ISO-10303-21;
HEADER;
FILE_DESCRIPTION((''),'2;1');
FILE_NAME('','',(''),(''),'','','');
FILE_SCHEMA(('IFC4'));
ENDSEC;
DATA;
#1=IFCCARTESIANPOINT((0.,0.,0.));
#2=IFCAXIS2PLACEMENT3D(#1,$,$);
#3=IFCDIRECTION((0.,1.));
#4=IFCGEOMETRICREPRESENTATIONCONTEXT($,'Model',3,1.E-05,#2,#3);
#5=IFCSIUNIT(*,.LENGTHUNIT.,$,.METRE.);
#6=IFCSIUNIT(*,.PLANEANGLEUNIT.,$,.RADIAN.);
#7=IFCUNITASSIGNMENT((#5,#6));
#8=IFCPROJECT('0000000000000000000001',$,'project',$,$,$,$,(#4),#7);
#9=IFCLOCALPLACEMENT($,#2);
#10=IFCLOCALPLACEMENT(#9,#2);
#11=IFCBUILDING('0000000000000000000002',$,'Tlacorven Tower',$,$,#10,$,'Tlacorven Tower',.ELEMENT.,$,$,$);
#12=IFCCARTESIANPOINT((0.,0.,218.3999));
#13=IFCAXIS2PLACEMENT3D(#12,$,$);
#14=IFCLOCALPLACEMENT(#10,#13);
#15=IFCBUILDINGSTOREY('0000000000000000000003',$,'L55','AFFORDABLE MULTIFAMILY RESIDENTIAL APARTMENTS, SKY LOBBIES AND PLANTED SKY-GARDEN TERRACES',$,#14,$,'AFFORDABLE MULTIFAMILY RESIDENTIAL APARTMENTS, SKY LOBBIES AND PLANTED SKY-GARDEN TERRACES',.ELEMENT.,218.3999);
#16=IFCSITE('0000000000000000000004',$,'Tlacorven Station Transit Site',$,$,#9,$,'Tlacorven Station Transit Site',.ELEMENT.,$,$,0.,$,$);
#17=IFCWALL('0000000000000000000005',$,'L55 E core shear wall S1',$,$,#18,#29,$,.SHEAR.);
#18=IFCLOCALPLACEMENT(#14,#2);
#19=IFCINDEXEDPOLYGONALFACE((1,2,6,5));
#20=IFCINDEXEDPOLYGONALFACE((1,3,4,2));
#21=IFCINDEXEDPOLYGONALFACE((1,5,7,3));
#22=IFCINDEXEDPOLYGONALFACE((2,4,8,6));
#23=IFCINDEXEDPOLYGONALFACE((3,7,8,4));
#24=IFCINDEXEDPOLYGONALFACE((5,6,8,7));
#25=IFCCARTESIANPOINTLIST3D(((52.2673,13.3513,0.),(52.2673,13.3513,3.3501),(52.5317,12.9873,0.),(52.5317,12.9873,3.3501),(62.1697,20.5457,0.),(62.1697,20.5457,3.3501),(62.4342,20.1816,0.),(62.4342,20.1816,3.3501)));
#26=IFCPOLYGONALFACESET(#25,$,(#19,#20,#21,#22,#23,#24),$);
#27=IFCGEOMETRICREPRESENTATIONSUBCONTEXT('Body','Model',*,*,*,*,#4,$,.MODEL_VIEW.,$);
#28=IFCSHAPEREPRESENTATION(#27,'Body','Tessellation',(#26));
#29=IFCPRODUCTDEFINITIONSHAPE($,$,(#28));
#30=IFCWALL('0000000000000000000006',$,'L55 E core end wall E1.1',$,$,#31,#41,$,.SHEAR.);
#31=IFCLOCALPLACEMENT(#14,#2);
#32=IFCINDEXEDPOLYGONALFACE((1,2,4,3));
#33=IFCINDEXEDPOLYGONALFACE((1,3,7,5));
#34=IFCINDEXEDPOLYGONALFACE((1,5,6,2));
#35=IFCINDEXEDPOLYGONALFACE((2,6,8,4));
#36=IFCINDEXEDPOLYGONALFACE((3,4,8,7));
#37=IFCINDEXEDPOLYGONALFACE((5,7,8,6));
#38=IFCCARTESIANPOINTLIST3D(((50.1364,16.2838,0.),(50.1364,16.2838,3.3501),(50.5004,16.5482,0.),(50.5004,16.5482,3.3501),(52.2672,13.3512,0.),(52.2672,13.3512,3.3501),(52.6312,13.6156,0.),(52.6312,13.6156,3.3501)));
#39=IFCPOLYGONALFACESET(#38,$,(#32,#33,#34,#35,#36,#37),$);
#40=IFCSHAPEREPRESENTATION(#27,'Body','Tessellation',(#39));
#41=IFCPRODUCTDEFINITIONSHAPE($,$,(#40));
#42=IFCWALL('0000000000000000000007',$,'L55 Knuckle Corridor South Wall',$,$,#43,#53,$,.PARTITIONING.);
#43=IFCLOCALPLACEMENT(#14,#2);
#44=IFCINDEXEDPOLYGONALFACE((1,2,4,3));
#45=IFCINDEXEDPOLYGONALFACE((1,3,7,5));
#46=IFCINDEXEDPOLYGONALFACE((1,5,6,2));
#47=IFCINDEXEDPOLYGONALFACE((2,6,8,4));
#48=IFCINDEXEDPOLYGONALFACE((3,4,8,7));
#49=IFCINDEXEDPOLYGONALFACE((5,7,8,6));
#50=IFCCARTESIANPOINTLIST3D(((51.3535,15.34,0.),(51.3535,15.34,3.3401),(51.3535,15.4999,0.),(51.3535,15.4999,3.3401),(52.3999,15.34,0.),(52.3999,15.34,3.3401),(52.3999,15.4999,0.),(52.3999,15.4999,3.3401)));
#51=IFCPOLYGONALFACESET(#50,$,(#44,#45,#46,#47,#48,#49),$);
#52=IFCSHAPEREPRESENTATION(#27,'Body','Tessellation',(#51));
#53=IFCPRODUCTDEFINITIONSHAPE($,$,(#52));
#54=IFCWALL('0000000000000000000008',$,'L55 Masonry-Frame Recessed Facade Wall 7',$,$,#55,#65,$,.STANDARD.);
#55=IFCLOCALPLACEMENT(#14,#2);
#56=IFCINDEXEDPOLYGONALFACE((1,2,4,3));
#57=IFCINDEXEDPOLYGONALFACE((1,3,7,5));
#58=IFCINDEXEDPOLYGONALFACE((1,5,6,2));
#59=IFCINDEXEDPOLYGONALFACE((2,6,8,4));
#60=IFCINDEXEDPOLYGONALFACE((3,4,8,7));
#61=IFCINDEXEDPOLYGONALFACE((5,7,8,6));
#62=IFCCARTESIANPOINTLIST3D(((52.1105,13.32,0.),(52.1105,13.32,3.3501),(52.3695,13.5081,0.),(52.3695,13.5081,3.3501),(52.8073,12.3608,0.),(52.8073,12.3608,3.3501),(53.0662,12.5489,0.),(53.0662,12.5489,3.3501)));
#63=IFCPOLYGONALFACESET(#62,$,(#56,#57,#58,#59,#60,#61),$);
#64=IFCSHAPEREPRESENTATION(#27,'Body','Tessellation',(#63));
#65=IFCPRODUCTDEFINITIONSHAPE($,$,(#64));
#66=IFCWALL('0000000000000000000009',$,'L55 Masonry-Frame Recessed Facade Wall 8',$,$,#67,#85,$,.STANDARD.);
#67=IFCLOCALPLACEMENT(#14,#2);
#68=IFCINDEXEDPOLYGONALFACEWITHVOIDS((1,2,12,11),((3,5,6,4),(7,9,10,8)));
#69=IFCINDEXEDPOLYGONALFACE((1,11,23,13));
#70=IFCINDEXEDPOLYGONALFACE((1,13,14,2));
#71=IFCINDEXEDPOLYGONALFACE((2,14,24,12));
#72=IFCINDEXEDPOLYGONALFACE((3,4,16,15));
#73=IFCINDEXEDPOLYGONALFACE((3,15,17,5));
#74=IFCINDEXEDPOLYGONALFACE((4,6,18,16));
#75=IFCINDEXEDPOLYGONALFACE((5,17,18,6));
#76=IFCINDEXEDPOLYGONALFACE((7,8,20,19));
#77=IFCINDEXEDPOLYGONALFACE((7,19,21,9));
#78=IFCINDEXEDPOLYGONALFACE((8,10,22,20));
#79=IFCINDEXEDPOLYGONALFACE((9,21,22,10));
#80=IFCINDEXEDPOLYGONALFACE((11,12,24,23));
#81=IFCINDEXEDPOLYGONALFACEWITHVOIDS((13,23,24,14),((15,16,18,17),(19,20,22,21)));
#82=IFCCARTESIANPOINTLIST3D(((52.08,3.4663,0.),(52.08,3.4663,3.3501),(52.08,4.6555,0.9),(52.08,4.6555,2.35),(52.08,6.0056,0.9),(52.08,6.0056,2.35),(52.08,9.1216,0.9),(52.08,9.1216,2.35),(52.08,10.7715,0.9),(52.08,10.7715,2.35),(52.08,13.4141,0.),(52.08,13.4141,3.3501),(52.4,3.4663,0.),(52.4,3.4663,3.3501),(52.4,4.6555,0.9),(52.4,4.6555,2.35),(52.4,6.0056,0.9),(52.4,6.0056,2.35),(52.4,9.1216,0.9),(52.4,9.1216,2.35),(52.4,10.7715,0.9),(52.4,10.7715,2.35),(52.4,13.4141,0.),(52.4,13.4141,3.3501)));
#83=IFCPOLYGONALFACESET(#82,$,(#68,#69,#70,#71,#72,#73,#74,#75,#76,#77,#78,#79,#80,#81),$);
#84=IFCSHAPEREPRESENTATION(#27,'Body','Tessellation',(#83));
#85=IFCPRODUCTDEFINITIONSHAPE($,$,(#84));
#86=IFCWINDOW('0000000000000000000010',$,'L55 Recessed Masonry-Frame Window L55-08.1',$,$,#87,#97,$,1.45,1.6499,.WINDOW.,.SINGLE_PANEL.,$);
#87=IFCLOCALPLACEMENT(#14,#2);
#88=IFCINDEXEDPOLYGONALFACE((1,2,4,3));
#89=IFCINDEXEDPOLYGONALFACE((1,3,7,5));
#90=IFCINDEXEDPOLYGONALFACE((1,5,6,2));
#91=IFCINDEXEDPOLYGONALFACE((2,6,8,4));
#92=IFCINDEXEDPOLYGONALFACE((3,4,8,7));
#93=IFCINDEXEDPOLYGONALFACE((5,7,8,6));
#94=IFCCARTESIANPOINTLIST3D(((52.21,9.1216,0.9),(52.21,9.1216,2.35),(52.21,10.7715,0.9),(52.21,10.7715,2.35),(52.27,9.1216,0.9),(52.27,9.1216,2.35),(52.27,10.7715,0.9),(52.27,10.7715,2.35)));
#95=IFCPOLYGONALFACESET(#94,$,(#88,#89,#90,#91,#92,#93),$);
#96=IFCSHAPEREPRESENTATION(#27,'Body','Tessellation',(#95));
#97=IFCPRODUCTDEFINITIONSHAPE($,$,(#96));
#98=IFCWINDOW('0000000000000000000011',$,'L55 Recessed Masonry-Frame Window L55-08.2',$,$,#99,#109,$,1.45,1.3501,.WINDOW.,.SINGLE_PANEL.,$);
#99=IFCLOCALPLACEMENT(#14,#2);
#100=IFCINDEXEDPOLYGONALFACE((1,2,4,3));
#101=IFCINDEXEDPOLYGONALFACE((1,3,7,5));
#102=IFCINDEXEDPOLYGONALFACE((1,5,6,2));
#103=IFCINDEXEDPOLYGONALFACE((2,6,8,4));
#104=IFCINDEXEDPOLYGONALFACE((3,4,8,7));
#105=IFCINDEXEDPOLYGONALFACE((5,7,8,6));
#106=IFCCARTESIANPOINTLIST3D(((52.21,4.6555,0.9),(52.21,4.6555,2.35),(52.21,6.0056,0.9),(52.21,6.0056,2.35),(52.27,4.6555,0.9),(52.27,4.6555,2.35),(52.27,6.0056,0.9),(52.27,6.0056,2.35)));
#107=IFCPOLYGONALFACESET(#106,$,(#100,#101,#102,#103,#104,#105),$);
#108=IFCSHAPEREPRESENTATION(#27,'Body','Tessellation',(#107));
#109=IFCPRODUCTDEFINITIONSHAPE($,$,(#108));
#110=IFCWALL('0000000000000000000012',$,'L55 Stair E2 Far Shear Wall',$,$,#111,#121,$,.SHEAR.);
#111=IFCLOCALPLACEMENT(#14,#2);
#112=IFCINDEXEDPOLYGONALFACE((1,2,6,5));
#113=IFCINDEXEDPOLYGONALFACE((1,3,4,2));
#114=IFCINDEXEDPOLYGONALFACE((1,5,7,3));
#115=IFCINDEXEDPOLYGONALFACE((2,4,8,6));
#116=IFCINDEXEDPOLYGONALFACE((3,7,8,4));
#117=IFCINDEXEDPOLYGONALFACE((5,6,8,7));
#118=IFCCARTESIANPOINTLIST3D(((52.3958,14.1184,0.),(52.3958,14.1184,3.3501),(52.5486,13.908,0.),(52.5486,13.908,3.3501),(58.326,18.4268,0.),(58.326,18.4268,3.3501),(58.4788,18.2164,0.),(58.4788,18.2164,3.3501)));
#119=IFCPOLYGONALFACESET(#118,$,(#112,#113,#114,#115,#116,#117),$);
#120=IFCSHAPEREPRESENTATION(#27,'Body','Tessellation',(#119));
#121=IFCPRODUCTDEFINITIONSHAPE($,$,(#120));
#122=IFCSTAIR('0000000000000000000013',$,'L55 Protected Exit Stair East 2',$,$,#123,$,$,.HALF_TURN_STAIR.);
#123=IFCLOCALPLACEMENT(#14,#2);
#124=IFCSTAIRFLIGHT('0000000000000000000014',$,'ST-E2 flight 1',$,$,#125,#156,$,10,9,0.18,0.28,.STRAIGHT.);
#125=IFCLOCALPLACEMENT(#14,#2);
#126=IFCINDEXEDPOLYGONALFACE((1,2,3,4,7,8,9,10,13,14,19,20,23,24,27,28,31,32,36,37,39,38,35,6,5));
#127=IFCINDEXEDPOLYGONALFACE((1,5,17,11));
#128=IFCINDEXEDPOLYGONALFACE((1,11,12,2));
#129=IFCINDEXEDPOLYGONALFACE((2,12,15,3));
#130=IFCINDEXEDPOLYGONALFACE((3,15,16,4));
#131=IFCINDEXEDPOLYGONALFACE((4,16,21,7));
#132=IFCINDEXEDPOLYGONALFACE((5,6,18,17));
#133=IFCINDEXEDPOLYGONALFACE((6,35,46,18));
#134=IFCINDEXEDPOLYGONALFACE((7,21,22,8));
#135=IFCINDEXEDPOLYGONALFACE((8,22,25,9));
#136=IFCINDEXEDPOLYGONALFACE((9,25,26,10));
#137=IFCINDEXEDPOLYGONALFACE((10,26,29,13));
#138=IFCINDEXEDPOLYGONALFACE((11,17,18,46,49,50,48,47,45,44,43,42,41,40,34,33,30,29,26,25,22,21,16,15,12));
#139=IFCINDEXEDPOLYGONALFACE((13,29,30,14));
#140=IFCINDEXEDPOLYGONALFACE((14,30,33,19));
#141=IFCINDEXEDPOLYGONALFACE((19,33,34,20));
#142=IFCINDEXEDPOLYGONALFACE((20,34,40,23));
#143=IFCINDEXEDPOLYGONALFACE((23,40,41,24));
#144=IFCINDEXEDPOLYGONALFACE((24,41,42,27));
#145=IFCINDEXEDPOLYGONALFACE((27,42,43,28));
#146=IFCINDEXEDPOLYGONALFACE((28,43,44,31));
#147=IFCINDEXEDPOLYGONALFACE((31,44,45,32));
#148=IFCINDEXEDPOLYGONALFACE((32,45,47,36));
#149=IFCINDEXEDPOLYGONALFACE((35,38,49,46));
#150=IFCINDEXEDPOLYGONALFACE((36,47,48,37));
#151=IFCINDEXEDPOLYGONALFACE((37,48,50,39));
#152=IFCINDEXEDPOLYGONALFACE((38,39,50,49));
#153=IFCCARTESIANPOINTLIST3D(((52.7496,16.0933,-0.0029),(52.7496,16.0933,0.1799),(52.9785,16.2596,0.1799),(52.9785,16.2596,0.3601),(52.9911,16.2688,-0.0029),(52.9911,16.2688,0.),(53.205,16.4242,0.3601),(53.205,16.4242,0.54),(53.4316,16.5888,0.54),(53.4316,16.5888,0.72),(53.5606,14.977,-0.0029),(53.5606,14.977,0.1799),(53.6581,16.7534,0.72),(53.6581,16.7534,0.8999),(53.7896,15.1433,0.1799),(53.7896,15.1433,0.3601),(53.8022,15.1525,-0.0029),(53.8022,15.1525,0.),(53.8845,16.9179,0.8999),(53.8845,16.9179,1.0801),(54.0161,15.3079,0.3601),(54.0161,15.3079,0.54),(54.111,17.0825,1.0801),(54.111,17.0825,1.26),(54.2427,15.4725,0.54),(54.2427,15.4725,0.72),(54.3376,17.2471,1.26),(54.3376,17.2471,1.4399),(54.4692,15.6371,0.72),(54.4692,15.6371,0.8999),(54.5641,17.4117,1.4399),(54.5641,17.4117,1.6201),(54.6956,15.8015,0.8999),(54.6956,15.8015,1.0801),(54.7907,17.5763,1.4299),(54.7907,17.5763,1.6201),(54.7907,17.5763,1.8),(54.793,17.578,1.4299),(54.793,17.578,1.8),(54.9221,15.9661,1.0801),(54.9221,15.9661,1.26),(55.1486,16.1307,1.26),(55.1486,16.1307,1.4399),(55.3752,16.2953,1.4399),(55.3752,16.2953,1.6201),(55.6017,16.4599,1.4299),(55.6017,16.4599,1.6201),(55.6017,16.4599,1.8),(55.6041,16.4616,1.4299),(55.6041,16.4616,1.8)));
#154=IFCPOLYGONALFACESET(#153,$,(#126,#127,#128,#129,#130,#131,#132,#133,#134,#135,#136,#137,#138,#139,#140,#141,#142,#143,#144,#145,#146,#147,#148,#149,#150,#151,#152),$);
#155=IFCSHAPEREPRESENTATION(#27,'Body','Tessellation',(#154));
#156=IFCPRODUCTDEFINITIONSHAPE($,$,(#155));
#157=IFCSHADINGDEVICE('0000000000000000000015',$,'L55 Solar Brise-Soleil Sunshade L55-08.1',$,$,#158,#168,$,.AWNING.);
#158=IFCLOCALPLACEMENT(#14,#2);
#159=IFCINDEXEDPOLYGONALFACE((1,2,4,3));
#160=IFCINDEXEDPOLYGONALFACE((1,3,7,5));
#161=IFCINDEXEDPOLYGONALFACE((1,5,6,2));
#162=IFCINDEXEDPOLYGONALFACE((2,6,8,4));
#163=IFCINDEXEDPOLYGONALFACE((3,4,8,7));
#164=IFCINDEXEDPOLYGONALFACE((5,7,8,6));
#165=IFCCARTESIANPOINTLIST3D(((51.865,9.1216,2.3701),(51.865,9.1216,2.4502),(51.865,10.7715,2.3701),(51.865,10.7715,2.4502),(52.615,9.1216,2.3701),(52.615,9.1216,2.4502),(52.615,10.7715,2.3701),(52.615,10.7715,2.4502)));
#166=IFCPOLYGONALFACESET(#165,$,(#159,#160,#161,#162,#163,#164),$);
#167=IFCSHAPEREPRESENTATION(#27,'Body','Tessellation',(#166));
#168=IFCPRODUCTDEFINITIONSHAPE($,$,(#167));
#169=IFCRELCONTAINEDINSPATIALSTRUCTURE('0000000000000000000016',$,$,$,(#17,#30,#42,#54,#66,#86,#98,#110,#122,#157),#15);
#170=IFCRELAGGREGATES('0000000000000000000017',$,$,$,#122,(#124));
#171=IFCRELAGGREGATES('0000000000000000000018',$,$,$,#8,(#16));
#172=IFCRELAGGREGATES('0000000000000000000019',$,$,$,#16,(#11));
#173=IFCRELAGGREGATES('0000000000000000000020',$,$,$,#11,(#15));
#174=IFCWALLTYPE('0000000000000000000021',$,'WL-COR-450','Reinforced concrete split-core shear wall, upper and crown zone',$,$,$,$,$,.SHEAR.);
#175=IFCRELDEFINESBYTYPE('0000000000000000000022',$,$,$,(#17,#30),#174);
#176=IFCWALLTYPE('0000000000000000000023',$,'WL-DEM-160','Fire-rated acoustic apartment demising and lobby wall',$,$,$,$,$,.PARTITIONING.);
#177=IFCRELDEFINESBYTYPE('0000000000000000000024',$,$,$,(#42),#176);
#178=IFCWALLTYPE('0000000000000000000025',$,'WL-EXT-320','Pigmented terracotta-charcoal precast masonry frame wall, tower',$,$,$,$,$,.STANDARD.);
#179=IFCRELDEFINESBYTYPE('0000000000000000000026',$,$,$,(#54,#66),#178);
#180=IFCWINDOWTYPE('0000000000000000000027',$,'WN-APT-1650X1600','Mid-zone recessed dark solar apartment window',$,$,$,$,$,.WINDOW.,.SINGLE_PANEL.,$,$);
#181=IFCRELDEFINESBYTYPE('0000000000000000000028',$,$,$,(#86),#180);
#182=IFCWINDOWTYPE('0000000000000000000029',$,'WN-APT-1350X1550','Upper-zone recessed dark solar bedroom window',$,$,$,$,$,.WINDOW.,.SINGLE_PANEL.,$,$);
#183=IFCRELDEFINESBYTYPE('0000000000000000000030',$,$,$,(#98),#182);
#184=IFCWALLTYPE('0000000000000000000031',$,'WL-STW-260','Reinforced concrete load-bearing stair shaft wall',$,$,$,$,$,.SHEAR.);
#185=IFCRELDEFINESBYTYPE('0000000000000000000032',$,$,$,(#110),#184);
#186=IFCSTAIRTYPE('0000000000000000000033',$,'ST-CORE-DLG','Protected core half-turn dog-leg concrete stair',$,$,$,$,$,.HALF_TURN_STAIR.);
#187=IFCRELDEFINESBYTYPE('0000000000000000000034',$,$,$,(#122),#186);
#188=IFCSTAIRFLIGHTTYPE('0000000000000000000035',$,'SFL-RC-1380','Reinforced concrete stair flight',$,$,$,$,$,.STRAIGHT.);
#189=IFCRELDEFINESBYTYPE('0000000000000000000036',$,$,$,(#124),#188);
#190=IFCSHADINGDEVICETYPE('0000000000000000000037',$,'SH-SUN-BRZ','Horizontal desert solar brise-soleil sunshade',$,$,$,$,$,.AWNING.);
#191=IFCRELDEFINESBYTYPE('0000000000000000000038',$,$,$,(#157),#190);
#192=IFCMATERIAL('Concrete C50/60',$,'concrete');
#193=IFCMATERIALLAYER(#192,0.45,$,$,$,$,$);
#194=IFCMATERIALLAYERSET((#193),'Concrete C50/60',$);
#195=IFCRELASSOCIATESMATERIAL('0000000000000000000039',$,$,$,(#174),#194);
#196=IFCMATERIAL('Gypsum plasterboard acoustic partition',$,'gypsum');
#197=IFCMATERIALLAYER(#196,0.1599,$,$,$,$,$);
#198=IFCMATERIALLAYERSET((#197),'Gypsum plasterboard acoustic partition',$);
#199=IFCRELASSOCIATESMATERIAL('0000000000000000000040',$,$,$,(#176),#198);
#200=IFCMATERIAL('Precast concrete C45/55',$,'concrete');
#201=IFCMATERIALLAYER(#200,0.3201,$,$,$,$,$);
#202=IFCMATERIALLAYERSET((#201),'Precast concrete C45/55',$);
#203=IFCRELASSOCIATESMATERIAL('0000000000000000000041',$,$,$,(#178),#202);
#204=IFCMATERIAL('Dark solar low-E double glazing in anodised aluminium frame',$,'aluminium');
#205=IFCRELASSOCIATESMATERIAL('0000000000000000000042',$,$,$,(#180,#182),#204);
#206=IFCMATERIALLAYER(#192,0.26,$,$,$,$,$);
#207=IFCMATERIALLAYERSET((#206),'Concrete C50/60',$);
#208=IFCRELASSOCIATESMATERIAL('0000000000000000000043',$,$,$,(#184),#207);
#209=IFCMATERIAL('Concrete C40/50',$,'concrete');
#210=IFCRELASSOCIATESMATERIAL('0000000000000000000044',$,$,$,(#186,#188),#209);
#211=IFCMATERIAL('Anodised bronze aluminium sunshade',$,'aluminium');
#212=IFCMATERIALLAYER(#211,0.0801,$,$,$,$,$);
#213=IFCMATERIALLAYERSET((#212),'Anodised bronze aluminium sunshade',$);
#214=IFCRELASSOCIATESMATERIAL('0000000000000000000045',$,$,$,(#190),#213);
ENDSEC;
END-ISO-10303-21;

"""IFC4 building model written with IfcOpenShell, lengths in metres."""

from ifc_helpers import new_model, si_unit, direction, frame, frame_2d, origin, origin_2d, place, context, subcontext, project, spatial, polyline, rectangle, outline, extrude, source, transform, mapped, material, layer, layer_set, type_object, element, fill, aggregate, save


model = new_model("IFC4")

# Units and contexts
model_context = context("Model", 3, precision=1e-05, world=origin(), true_north=direction((0.0, 1.0)))
body_context = subcontext(model_context, "Body", "Model", "MODEL_VIEW")
ifc_project = project(units=[si_unit("LENGTHUNIT", "METRE"), si_unit("PLANEANGLEUNIT", "RADIAN")], contexts=[model_context])

# Site, building, storey
site_placement = place(None, origin())
site = spatial("IfcSite", under=ifc_project, at=site_placement, Name="Tlacorven Station Transit Site", LongName="Tlacorven Station Transit Site", CompositionType="ELEMENT", RefElevation=0.0)
building_placement = place(site_placement, origin())
building = spatial("IfcBuilding", under=site, at=building_placement, Name="Tlacorven Tower", LongName="Tlacorven Tower", CompositionType="ELEMENT")
storey_placement = place(building_placement, frame((0.0, 0.0, 218.3999)))
storey = spatial("IfcBuildingStorey", under=building, at=storey_placement, Name="L55", Description="AFFORDABLE MULTIFAMILY RESIDENTIAL APARTMENTS, SKY LOBBIES AND PLANTED SKY-GARDEN TERRACES", LongName="AFFORDABLE MULTIFAMILY RESIDENTIAL APARTMENTS, SKY LOBBIES AND PLANTED SKY-GARDEN TERRACES", CompositionType="ELEMENT", Elevation=218.3999)

# Walls
ifc_material_1 = material(Name="Concrete C50/60", Category="concrete")
ifc_layer_1 = layer(ifc_material_1, 0.45)
ifc_layer_set_1 = layer_set([ifc_layer_1], Name="Concrete C50/60")
wall_type_1 = type_object("IfcWallType", Name="WL-COR-450", Description="Reinforced concrete split-core shear wall, upper and crown zone", PredefinedType="SHEAR", material=ifc_layer_set_1)
wall_1_placement = place(storey_placement, frame((52.3994, 13.1692, 0.0), z_axis=(0.0, 0.0, 1.0), x_axis=(0.809022, 0.587778, 0.0)))
element("IfcWall", 1, at=wall_1_placement, inside=storey, type_object=wall_type_1, Name="L55 E core shear wall S1", PredefinedType="SHEAR", context=body_context, shape_type="SweptSolid", body=[
    extrude(rectangle(XDim=12.24, YDim=0.45, at=frame_2d((6.1201, 0.0))), origin(), (0.0, 0.0, 1.0), 3.3501),
])
wall_2_placement = place(storey_placement, frame((52.4492, 13.4834, 0.0), z_axis=(0.0, 0.0, 1.0), x_axis=(-0.587819, 0.808992, 0.0)))
element("IfcWall", 2, at=wall_2_placement, inside=storey, type_object=wall_type_1, Name="L55 E core end wall E1.1", PredefinedType="SHEAR", context=body_context, shape_type="SweptSolid", body=[
    extrude(rectangle(XDim=3.625, YDim=0.45, at=frame_2d((1.8125, 0.0))), origin(), (0.0, 0.0, 1.0), 3.3501),
])
ifc_material_2 = material(Name="Gypsum plasterboard acoustic partition", Category="gypsum")
ifc_layer_2 = layer(ifc_material_2, 0.1599)
ifc_layer_set_2 = layer_set([ifc_layer_2], Name="Gypsum plasterboard acoustic partition")
wall_type_2 = type_object("IfcWallType", Name="WL-DEM-160", Description="Fire-rated acoustic apartment demising and lobby wall", PredefinedType="PARTITIONING", material=ifc_layer_set_2)
wall_3_placement = place(storey_placement, frame((51.3535, 15.4199, 0.0), z_axis=(0.0, 0.0, 1.0), x_axis=(1.0, 0.0, 0.0)))
element("IfcWall", 3, at=wall_3_placement, inside=storey, type_object=wall_type_2, Name="L55 Knuckle Corridor South Wall", PredefinedType="PARTITIONING", context=body_context, shape_type="SweptSolid", body=[
    extrude(rectangle(XDim=1.0464, YDim=0.1599, at=frame_2d((0.5232, 0.0))), origin(), (0.0, 0.0, 1.0), 3.3401),
])
ifc_material_3 = material(Name="Precast concrete C45/55", Category="concrete")
ifc_layer_3 = layer(ifc_material_3, 0.3201)
ifc_layer_set_3 = layer_set([ifc_layer_3], Name="Precast concrete C45/55")
wall_type_3 = type_object("IfcWallType", Name="WL-EXT-320", Description="Pigmented terracotta-charcoal precast masonry frame wall, tower", PredefinedType="STANDARD", material=ifc_layer_set_3)
wall_4_placement = place(storey_placement, frame((52.9368, 12.4548, 0.0), z_axis=(0.0, 0.0, 1.0), x_axis=(-0.587706, 0.809074, 0.0)))
element("IfcWall", 4, at=wall_4_placement, inside=storey, type_object=wall_type_3, Name="L55 Masonry-Frame Recessed Facade Wall 7", PredefinedType="STANDARD", context=body_context, shape_type="SweptSolid", body=[
    extrude(rectangle(XDim=1.1855, YDim=0.3201, at=frame_2d((0.5928, 0.0))), origin(), (0.0, 0.0, 1.0), 3.3501),
])

# Wall, openings, windows
wall_5_placement = place(storey_placement, frame((52.24, 13.4141, 0.0), z_axis=(0.0, 0.0, 1.0), x_axis=(0.0, -1.0, 0.0)))
wall_5 = element("IfcWall", 5, at=wall_5_placement, inside=storey, type_object=wall_type_3, Name="L55 Masonry-Frame Recessed Facade Wall 8", PredefinedType="STANDARD", context=body_context, shape_type="SweptSolid", body=[
    extrude(rectangle(XDim=9.9478, YDim=0.3201, at=frame_2d((4.9739, 0.0))), origin(), (0.0, 0.0, 1.0), 3.3501),
])
opening_1_placement = place(wall_5_placement, frame((2.6426, 0.0, 0.8999)))
opening_1 = element("IfcOpeningElement", 6, at=opening_1_placement, cuts=wall_5, PredefinedType="OPENING", context=body_context, shape_type="SweptSolid", body=[
    extrude(rectangle(XDim=1.6499, YDim=1.45, at=frame_2d((0.825, 0.7251))), frame((0.0, 0.1699, 0.0), z_axis=(0.0, -1.0, 0.0), x_axis=(1.0, 0.0, 0.0)), (0.0, 0.0, 1.0), 0.3401),
])
opening_2_placement = place(wall_5_placement, frame((7.4084, 0.0, 0.8999)))
opening_2 = element("IfcOpeningElement", 7, at=opening_2_placement, cuts=wall_5, PredefinedType="OPENING", context=body_context, shape_type="SweptSolid", body=[
    extrude(rectangle(XDim=1.3501, YDim=1.45, at=frame_2d((0.675, 0.7251))), frame((0.0, 0.1699, 0.0), z_axis=(0.0, -1.0, 0.0), x_axis=(1.0, 0.0, 0.0)), (0.0, 0.0, 1.0), 0.3401),
])
ifc_material_4 = material(Name="Dark solar low-E double glazing in anodised aluminium frame", Category="aluminium")
window_type_1 = type_object("IfcWindowType", Name="WN-APT-1650X1600", Description="Mid-zone recessed dark solar apartment window", PartitioningType="SINGLE_PANEL", PredefinedType="WINDOW", material=ifc_material_4)
shared_shape_1 = source(origin(), body_context, "Body", "SweptSolid", [
    extrude(rectangle(XDim=1.6499, YDim=1.45, at=frame_2d((0.825, 0.7251))), frame((0.0, 0.03, 0.0), z_axis=(0.0, -1.0, 0.0), x_axis=(1.0, 0.0, 0.0)), (0.0, 0.0, 1.0), 0.0601),
])
window_1_placement = place(opening_1_placement, origin())
window_1 = element("IfcWindow", 8, at=window_1_placement, inside=storey, type_object=window_type_1, Name="L55 Recessed Masonry-Frame Window L55-08.1", OverallHeight=1.45, OverallWidth=1.6499, PartitioningType="SINGLE_PANEL", PredefinedType="WINDOW", context=body_context, shape_type="MappedRepresentation", body=[
    mapped(shared_shape_1, transform((0.0, 0.0, 0.0), scale=1.0)),
])
fill(opening_1, window_1)
window_type_2 = type_object("IfcWindowType", Name="WN-APT-1350X1550", Description="Upper-zone recessed dark solar bedroom window", PartitioningType="SINGLE_PANEL", PredefinedType="WINDOW", material=ifc_material_4)
shared_shape_2 = source(origin(), body_context, "Body", "SweptSolid", [
    extrude(rectangle(XDim=1.3501, YDim=1.45, at=frame_2d((0.675, 0.7251))), frame((0.0, 0.03, 0.0), z_axis=(0.0, -1.0, 0.0), x_axis=(1.0, 0.0, 0.0)), (0.0, 0.0, 1.0), 0.0601),
])
window_2_placement = place(opening_2_placement, origin())
window_2 = element("IfcWindow", 9, at=window_2_placement, inside=storey, type_object=window_type_2, Name="L55 Recessed Masonry-Frame Window L55-08.2", OverallHeight=1.45, OverallWidth=1.3501, PartitioningType="SINGLE_PANEL", PredefinedType="WINDOW", context=body_context, shape_type="MappedRepresentation", body=[
    mapped(shared_shape_2, transform((0.0, 0.0, 0.0), scale=1.0)),
])
fill(opening_2, window_2)

# Wall
ifc_layer_4 = layer(ifc_material_1, 0.26)
ifc_layer_set_4 = layer_set([ifc_layer_4], Name="Concrete C50/60")
wall_type_4 = type_object("IfcWallType", Name="WL-STW-260", Description="Reinforced concrete load-bearing stair shaft wall", PredefinedType="SHEAR", material=ifc_layer_set_4)
wall_6_placement = place(storey_placement, frame((52.4722, 14.0132, 0.0), z_axis=(0.0, 0.0, 1.0), x_axis=(0.809028, 0.58777, 0.0)))
element("IfcWall", 10, at=wall_6_placement, inside=storey, type_object=wall_type_4, Name="L55 Stair E2 Far Shear Wall", PredefinedType="SHEAR", context=body_context, shape_type="SweptSolid", body=[
    extrude(rectangle(XDim=7.3301, YDim=0.26, at=frame_2d((3.665, 0.0))), origin(), (0.0, 0.0, 1.0), 3.3501),
])

# Stair, stair flight
ifc_material_5 = material(Name="Concrete C40/50", Category="concrete")
stair_type = type_object("IfcStairType", Name="ST-CORE-DLG", Description="Protected core half-turn dog-leg concrete stair", PredefinedType="HALF_TURN_STAIR", material=ifc_material_5)
stair_placement = place(storey_placement, origin())
stair = element("IfcStair", 11, at=stair_placement, inside=storey, type_object=stair_type, Name="L55 Protected Exit Stair East 2", PredefinedType="HALF_TURN_STAIR")
stair_flight_type = type_object("IfcStairFlightType", Name="SFL-RC-1380", Description="Reinforced concrete stair flight", PredefinedType="STRAIGHT", material=ifc_material_5)
shared_shape_3 = source(origin(), body_context, "Body", "SweptSolid", [
    extrude(outline(polyline([(-0.0029, -0.0029), (-0.0029, 0.1799), (0.28, 0.1799), (0.28, 0.3601), (0.5601, 0.3601), (0.5601, 0.54), (0.8401, 0.54), (0.8401, 0.72), (1.1201, 0.72), (1.1201, 0.8999), (1.3999, 0.8999), (1.3999, 1.0801), (1.6799, 1.0801), (1.6799, 1.26), (1.96, 1.26), (1.96, 1.4399), (2.24, 1.4399), (2.24, 1.6201), (2.52, 1.6201), (2.52, 1.8), (2.5229, 1.8), (2.5229, 1.4299), (2.52, 1.4299), (0.2957, 0.0), (0.2957, -0.0029), (-0.0029, -0.0029)])), frame((0.0, 0.6899, 0.0), z_axis=(0.0, -1.0, 0.0), x_axis=(1.0, 0.0, 0.0)), (0.0, 0.0, 1.0), 1.3799),
])
stair_flight_placement = place(storey_placement, frame((53.1575, 15.5369, 0.0), z_axis=(0.0, 0.0, 1.0), x_axis=(0.809017, 0.587785, 0.0)))
stair_flight = element("IfcStairFlight", 12, at=stair_flight_placement, type_object=stair_flight_type, Name="ST-E2 flight 1", NumberOfRisers=10, NumberOfTreads=9, PredefinedType="STRAIGHT", RiserHeight=0.18, TreadLength=0.28, context=body_context, shape_type="MappedRepresentation", body=[
    mapped(shared_shape_3, transform((0.0, 0.0, 0.0), scale=1.0)),
])
aggregate(stair, [stair_flight])

# Shading device
ifc_material_6 = material(Name="Anodised bronze aluminium sunshade", Category="aluminium")
ifc_layer_5 = layer(ifc_material_6, 0.0801)
ifc_layer_set_5 = layer_set([ifc_layer_5], Name="Anodised bronze aluminium sunshade")
shading_device_type = type_object("IfcShadingDeviceType", Name="SH-SUN-BRZ", Description="Horizontal desert solar brise-soleil sunshade", PredefinedType="AWNING", material=ifc_layer_set_5)
shared_shape_4 = source(origin(), body_context, "Body", "SweptSolid", [
    extrude(rectangle(XDim=1.6499, YDim=0.75, at=origin_2d()), origin(), (0.0, 0.0, 1.0), 0.0801),
])
shading_device_placement = place(storey_placement, frame((52.24, 9.9465, 2.3701), z_axis=(0.0, 0.0, 1.0), x_axis=(0.0, -1.0, 0.0)))
element("IfcShadingDevice", 13, at=shading_device_placement, inside=storey, type_object=shading_device_type, Name="L55 Solar Brise-Soleil Sunshade L55-08.1", PredefinedType="AWNING", context=body_context, shape_type="MappedRepresentation", body=[
    mapped(shared_shape_4, transform((0.0, 0.0, 0.0), scale=1.0)),
])

save(model, "model.ifc")
